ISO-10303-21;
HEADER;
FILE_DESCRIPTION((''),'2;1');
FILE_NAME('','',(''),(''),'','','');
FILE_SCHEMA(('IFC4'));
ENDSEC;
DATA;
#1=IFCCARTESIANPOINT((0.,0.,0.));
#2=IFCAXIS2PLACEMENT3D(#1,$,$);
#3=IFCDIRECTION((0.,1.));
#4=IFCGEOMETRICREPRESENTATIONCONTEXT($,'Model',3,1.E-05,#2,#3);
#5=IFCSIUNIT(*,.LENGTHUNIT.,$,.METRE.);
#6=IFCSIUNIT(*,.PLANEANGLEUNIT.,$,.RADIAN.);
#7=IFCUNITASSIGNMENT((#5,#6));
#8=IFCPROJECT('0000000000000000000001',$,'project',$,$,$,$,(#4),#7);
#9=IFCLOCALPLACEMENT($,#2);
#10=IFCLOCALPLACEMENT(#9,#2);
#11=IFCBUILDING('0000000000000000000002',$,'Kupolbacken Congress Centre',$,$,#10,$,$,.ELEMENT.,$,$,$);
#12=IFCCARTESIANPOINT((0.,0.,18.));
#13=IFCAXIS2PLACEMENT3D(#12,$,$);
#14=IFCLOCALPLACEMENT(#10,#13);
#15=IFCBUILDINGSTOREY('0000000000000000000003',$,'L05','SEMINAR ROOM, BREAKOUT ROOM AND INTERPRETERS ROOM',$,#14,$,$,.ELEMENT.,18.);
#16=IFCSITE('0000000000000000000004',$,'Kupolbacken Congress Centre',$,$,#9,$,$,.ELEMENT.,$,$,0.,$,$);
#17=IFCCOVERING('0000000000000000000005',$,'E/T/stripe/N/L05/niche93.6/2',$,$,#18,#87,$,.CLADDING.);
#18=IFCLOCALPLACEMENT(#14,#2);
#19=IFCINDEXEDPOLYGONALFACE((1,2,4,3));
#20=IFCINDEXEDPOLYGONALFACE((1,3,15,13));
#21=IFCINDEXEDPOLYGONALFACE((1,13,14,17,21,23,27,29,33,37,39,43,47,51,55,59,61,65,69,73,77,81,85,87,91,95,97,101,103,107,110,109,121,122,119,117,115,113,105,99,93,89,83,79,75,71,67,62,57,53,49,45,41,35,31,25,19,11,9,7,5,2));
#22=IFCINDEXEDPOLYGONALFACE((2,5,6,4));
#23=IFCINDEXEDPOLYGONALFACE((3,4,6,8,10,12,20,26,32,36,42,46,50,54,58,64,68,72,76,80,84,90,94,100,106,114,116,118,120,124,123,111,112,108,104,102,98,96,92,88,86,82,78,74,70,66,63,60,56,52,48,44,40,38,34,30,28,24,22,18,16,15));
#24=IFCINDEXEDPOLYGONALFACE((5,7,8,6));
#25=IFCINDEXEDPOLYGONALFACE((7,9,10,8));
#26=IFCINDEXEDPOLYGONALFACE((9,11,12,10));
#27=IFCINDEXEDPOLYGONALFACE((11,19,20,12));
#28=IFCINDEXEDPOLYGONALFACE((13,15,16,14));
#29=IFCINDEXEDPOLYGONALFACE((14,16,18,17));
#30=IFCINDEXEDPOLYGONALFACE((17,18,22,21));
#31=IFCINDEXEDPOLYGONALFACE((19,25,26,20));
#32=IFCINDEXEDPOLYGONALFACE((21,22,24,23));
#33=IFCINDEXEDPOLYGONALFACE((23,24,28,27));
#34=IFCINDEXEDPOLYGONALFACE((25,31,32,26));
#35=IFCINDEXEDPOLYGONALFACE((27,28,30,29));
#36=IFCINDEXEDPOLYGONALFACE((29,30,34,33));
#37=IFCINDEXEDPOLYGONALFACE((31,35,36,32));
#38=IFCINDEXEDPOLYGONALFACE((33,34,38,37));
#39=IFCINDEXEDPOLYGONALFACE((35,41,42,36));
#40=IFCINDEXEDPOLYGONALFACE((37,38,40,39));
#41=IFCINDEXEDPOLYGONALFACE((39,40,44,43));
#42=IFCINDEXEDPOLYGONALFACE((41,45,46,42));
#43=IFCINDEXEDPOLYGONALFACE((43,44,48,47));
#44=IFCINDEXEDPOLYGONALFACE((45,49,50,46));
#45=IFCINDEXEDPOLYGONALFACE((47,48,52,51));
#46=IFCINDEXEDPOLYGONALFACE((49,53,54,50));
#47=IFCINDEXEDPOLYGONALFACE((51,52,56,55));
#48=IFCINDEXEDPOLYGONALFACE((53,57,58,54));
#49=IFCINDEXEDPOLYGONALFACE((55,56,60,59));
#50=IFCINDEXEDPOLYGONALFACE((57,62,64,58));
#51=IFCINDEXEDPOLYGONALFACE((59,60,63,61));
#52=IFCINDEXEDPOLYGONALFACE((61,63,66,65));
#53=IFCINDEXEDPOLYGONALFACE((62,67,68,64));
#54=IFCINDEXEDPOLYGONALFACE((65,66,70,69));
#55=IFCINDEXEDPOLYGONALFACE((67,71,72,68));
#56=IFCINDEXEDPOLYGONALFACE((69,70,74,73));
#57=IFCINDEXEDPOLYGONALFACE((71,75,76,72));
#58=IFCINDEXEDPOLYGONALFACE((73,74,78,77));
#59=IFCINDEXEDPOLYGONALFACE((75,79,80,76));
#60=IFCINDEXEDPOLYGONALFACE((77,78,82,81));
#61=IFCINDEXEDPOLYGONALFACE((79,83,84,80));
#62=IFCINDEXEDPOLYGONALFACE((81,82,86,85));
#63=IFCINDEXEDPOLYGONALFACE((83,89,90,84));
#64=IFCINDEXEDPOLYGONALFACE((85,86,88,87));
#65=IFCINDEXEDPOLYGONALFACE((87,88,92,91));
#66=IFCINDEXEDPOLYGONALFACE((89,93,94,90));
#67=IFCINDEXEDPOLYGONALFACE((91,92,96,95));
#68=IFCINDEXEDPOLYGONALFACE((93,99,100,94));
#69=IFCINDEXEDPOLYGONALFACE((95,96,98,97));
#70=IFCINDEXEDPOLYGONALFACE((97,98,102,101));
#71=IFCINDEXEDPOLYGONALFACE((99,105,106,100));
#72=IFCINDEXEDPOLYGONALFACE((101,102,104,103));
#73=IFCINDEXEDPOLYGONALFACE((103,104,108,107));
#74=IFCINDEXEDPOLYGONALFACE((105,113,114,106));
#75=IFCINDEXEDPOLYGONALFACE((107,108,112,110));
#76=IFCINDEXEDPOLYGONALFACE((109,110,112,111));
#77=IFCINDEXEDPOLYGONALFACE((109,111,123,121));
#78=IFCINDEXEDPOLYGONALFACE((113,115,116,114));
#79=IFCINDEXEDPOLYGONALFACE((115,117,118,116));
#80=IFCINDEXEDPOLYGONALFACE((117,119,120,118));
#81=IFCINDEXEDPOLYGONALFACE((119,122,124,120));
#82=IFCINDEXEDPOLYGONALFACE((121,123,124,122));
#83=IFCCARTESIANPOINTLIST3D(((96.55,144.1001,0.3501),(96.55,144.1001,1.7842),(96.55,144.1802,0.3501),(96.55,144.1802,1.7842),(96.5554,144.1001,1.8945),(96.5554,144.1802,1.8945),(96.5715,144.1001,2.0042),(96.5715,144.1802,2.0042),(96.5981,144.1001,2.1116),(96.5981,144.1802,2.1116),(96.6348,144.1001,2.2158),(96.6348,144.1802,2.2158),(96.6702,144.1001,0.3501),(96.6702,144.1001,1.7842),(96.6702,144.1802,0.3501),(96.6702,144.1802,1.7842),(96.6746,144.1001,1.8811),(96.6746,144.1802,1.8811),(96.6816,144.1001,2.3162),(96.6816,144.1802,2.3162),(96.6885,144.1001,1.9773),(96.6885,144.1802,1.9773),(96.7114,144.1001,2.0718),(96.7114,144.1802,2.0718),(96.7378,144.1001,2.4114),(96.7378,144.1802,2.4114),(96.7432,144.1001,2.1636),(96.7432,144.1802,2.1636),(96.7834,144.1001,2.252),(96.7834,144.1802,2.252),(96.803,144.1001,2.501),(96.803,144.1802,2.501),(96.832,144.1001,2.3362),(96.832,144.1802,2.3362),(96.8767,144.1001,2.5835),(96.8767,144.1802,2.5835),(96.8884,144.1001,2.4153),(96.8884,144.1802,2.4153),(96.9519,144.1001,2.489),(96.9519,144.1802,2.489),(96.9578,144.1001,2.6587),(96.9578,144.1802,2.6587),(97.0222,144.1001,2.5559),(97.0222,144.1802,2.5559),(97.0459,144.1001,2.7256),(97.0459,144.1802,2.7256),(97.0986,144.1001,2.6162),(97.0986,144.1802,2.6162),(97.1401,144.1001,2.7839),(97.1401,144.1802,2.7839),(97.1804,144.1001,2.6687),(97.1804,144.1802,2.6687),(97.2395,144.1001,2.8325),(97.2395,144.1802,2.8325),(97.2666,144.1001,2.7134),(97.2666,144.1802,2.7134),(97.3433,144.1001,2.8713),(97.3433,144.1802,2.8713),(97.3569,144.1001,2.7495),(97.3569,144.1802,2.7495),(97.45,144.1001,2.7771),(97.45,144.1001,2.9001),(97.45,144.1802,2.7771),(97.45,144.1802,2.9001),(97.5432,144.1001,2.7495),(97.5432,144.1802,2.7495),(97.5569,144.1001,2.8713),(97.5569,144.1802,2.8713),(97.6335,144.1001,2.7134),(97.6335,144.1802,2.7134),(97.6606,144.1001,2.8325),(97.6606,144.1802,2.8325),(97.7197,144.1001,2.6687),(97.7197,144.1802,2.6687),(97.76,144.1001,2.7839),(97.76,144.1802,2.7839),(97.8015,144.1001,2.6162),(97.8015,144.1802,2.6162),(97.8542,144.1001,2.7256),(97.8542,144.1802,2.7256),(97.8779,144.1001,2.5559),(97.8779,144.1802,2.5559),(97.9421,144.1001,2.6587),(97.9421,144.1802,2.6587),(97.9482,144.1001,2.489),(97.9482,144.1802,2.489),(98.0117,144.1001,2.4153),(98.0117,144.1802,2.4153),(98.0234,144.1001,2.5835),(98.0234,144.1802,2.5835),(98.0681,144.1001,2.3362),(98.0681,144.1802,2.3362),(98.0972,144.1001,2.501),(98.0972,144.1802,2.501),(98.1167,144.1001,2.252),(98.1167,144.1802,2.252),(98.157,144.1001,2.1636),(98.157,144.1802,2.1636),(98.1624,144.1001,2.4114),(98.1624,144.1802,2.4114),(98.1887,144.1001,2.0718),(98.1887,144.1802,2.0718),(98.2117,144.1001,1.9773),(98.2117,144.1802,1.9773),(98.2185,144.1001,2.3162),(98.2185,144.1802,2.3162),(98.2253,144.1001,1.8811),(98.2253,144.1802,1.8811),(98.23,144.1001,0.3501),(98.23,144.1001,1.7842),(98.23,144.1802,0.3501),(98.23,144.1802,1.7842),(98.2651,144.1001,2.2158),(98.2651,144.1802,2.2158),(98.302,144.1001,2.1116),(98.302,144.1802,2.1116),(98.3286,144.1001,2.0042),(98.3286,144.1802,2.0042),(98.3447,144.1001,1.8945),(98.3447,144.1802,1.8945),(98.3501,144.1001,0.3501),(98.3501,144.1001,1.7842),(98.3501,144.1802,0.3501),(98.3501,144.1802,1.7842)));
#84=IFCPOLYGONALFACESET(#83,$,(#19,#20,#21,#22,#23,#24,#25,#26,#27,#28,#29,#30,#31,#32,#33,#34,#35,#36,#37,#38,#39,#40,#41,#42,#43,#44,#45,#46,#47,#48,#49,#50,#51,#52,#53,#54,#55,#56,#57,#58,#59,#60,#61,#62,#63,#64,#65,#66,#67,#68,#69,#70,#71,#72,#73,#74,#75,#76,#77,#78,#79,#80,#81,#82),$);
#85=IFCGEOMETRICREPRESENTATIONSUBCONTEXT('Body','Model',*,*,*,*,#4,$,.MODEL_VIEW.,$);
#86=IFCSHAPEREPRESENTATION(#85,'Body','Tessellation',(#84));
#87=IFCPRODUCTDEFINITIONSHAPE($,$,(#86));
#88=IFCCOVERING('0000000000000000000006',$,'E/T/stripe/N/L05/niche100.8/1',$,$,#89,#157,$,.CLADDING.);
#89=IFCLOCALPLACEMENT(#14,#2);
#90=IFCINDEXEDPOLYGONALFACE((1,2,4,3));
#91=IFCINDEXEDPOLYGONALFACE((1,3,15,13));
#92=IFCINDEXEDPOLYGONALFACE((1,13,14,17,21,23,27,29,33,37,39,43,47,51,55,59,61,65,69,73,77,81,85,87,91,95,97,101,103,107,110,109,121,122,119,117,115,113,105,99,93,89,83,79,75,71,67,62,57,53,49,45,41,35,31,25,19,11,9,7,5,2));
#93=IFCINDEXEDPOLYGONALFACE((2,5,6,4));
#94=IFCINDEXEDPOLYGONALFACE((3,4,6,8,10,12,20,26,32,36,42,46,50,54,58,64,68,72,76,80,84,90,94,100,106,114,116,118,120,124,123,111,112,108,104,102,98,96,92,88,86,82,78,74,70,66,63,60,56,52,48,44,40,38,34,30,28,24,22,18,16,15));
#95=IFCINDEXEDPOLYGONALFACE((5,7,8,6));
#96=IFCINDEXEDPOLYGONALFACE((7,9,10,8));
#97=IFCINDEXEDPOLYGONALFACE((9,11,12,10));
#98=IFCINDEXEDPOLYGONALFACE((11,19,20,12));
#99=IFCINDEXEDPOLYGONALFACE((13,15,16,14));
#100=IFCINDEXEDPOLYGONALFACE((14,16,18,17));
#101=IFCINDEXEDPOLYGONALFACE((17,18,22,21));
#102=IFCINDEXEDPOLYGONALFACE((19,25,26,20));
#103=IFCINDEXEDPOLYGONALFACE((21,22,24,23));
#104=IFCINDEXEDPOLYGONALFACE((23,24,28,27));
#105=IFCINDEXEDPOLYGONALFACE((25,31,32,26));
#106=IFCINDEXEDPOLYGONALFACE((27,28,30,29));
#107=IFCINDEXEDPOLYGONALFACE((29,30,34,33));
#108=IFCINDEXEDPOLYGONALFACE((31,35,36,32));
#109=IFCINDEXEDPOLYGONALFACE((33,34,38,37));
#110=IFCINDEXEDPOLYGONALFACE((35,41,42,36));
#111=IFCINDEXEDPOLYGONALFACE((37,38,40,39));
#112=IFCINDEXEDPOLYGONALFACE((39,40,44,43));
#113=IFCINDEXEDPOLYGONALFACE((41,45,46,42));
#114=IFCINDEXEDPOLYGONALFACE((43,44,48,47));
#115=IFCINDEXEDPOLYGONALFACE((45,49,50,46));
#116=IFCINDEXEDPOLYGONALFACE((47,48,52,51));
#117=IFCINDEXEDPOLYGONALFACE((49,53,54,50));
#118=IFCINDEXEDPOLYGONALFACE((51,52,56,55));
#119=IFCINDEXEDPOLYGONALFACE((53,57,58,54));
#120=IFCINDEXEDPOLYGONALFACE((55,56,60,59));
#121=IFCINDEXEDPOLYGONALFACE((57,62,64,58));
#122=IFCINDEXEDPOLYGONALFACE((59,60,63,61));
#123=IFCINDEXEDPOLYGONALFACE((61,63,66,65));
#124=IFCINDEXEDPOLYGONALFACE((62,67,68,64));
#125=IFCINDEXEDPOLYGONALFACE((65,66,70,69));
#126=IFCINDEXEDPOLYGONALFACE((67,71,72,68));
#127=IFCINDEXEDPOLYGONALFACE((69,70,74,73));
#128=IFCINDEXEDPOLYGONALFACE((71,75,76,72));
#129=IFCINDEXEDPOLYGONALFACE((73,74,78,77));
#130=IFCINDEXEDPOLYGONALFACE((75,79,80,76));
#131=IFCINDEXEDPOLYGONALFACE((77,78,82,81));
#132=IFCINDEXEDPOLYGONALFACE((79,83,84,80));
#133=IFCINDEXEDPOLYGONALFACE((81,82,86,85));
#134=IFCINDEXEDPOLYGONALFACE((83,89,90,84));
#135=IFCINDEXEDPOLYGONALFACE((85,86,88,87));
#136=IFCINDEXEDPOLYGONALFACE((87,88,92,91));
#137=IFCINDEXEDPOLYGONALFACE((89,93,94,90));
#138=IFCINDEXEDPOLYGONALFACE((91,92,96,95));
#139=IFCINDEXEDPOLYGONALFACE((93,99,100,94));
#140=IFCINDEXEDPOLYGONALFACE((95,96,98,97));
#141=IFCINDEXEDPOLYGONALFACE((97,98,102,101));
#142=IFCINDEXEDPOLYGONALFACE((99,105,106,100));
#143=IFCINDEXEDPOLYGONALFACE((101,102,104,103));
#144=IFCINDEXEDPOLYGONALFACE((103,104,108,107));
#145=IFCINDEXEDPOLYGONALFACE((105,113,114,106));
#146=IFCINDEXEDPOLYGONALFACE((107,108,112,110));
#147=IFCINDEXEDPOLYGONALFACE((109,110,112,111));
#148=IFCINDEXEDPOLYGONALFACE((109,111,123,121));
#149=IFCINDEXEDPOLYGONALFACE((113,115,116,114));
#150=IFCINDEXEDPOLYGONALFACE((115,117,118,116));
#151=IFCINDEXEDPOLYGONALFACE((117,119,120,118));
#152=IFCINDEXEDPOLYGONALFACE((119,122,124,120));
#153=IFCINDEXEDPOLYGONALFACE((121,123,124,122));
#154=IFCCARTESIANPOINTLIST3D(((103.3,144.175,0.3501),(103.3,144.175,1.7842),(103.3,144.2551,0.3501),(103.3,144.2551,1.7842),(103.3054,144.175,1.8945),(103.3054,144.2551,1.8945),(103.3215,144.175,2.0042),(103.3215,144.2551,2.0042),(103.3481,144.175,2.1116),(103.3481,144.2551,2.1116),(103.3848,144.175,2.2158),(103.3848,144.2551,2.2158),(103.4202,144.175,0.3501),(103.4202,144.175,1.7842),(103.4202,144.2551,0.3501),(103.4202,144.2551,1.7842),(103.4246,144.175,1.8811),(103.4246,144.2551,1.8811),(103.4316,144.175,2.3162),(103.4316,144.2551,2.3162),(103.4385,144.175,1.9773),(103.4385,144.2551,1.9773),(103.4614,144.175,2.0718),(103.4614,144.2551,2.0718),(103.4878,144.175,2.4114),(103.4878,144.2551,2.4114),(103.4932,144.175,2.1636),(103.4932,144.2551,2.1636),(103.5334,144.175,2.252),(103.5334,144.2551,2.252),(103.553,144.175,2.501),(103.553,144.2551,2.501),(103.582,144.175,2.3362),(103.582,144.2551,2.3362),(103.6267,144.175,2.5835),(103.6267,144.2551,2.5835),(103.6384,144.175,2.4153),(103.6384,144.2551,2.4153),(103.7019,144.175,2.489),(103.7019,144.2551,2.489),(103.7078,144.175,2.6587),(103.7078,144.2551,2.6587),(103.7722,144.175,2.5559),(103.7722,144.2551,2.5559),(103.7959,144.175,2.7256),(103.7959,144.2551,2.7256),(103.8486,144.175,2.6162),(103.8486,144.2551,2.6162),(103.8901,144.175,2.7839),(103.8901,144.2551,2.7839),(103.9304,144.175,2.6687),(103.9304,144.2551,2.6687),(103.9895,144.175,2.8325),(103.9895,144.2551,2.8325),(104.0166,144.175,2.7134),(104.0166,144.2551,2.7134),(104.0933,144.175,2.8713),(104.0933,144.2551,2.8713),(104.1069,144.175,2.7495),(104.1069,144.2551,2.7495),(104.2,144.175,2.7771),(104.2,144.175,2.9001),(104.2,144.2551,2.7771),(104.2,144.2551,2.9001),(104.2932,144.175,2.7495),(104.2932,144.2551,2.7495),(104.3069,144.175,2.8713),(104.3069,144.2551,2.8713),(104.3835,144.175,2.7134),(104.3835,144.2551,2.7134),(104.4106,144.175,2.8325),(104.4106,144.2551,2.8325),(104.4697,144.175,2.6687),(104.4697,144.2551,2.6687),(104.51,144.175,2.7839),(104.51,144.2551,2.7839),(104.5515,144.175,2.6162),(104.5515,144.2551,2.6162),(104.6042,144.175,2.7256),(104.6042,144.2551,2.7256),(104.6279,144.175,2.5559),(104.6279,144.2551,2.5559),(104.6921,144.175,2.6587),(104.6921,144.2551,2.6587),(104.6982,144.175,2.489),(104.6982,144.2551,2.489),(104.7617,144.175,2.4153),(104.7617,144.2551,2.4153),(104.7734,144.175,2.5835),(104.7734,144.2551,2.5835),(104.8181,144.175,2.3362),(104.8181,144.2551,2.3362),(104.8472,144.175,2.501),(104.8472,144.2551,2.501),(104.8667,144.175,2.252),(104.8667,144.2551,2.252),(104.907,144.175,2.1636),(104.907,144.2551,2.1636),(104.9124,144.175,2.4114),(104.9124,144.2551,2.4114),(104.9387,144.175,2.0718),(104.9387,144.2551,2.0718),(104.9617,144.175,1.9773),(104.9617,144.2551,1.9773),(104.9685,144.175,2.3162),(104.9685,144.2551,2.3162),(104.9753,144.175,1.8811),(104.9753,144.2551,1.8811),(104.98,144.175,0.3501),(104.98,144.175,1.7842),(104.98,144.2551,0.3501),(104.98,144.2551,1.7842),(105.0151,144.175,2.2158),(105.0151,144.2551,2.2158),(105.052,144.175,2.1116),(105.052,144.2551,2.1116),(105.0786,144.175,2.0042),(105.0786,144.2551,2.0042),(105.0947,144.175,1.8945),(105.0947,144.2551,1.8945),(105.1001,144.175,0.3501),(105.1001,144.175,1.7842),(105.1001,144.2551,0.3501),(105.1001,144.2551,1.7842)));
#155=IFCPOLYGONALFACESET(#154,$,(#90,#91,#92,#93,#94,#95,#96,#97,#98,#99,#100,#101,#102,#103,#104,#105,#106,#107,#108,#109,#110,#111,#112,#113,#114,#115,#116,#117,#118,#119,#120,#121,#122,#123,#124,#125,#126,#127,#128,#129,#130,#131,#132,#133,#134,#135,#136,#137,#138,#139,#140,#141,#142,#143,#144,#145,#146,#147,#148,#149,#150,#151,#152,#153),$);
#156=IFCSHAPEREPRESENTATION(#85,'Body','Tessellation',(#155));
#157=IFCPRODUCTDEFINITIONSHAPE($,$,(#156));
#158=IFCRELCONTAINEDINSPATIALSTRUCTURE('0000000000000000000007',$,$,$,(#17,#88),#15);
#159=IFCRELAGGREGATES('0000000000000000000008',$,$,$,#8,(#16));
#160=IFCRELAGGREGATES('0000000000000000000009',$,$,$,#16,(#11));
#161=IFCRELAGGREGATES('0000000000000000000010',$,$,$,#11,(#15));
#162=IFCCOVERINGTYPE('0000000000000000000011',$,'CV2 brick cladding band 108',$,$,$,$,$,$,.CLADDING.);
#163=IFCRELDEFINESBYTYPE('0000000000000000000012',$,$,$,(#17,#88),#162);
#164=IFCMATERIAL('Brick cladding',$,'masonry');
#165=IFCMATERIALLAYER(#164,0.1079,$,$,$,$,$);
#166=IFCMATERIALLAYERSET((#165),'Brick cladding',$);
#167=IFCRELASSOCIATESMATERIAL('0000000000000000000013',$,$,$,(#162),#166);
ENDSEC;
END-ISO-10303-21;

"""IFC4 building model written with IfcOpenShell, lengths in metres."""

from ifc_helpers import new_model, si_unit, direction, frame, origin, place, context, subcontext, project, spatial, polyline, outline, extrude, material, layer, layer_set, type_object, element, save


model = new_model("IFC4")

# Units and contexts
model_context = context("Model", 3, precision=1e-05, world=origin(), true_north=direction((0.0, 1.0)))
body_context = subcontext(model_context, "Body", "Model", "MODEL_VIEW")
ifc_project = project(units=[si_unit("LENGTHUNIT", "METRE"), si_unit("PLANEANGLEUNIT", "RADIAN")], contexts=[model_context])

# Site, building, storey
site_placement = place(None, origin())
site = spatial("IfcSite", under=ifc_project, at=site_placement, Name="Kupolbacken Congress Centre", CompositionType="ELEMENT", RefElevation=0.0)
building_placement = place(site_placement, origin())
building = spatial("IfcBuilding", under=site, at=building_placement, Name="Kupolbacken Congress Centre", CompositionType="ELEMENT")
storey_placement = place(building_placement, frame((0.0, 0.0, 18.0)))
storey = spatial("IfcBuildingStorey", under=building, at=storey_placement, Name="L05", Description="SEMINAR ROOM, BREAKOUT ROOM AND INTERPRETERS ROOM", CompositionType="ELEMENT", Elevation=18.0)

# Coverings
ifc_material_1 = material(Name="Brick cladding", Category="masonry")
ifc_layer_1 = layer(ifc_material_1, 0.1079)
ifc_layer_set_1 = layer_set([ifc_layer_1], Name="Brick cladding")
covering_type = type_object("IfcCoveringType", Name="CV2 brick cladding band 108", PredefinedType="CLADDING", material=ifc_layer_set_1)
covering_1_placement = place(storey_placement, frame((96.55, 144.1001, 0.3501), z_axis=(0.0, 1.0, 0.0), x_axis=(-1.0, 0.0, 0.0)))
element("IfcCovering", 1, at=covering_1_placement, inside=storey, type_object=covering_type, Name="E/T/stripe/N/L05/niche93.6/2", PredefinedType="CLADDING", context=body_context, shape_type="SweptSolid", body=[
    extrude(outline(polyline([(0.0, 0.0), (0.0, 1.4341), (-0.0054, 1.5444), (-0.0215, 1.6541), (-0.0481, 1.7615), (-0.0847, 1.8657), (-0.1316, 1.9661), (-0.1877, 2.0613), (-0.2529, 2.1509), (-0.3267, 2.2334), (-0.4077, 2.3086), (-0.4958, 2.3755), (-0.5901, 2.4338), (-0.6895, 2.4824), (-0.7932, 2.5212), (-0.8999, 2.55), (-1.0068, 2.5212), (-1.1106, 2.4824), (-1.21, 2.4338), (-1.3042, 2.3755), (-1.3921, 2.3086), (-1.4734, 2.2334), (-1.5471, 2.1509), (-1.6123, 2.0613), (-1.6685, 1.9661), (-1.7151, 1.8657), (-1.752, 1.7615), (-1.7786, 1.6541), (-1.7947, 1.5444), (-1.8, 1.4341), (-1.8, 0.0), (-1.6799, 0.0), (-1.6799, 1.4341), (-1.6753, 1.531), (-1.6616, 1.6272), (-1.6387, 1.7217), (-1.6069, 1.8135), (-1.5667, 1.9019), (-1.5181, 1.9861), (-1.4617, 2.0652), (-1.3982, 2.1389), (-1.3279, 2.2058), (-1.2515, 2.2661), (-1.1697, 2.3186), (-1.0835, 2.3633), (-0.9932, 2.3994), (-0.8999, 2.427), (-0.8069, 2.3994), (-0.7166, 2.3633), (-0.6304, 2.3186), (-0.5486, 2.2661), (-0.4722, 2.2058), (-0.4019, 2.1389), (-0.3384, 2.0652), (-0.282, 1.9861), (-0.2334, 1.9019), (-0.1931, 1.8135), (-0.1614, 1.7217), (-0.1384, 1.6272), (-0.1245, 1.531), (-0.1201, 1.4341), (-0.1201, 0.0), (0.0, 0.0)])), origin(), (0.0, 0.0, 1.0), 0.0801),
])
covering_2_placement = place(storey_placement, frame((103.3, 144.175, 0.3501), z_axis=(0.0, 1.0, 0.0), x_axis=(-1.0, 0.0, 0.0)))
element("IfcCovering", 2, at=covering_2_placement, inside=storey, type_object=covering_type, Name="E/T/stripe/N/L05/niche100.8/1", PredefinedType="CLADDING", context=body_context, shape_type="SweptSolid", body=[
    extrude(outline(polyline([(0.0, 0.0), (0.0, 1.4341), (-0.0054, 1.5444), (-0.0215, 1.6541), (-0.0481, 1.7615), (-0.0847, 1.8657), (-0.1316, 1.9661), (-0.1877, 2.0613), (-0.2529, 2.1509), (-0.3267, 2.2334), (-0.4077, 2.3086), (-0.4958, 2.3755), (-0.5901, 2.4338), (-0.6895, 2.4824), (-0.7932, 2.5212), (-0.8999, 2.55), (-1.0068, 2.5212), (-1.1106, 2.4824), (-1.21, 2.4338), (-1.3042, 2.3755), (-1.3921, 2.3086), (-1.4734, 2.2334), (-1.5471, 2.1509), (-1.6123, 2.0613), (-1.6685, 1.9661), (-1.7151, 1.8657), (-1.752, 1.7615), (-1.7786, 1.6541), (-1.7947, 1.5444), (-1.8, 1.4341), (-1.8, 0.0), (-1.6799, 0.0), (-1.6799, 1.4341), (-1.6753, 1.531), (-1.6616, 1.6272), (-1.6387, 1.7217), (-1.6069, 1.8135), (-1.5667, 1.9019), (-1.5181, 1.9861), (-1.4617, 2.0652), (-1.3982, 2.1389), (-1.3279, 2.2058), (-1.2515, 2.2661), (-1.1697, 2.3186), (-1.0835, 2.3633), (-0.9932, 2.3994), (-0.8999, 2.427), (-0.8069, 2.3994), (-0.7166, 2.3633), (-0.6304, 2.3186), (-0.5486, 2.2661), (-0.4722, 2.2058), (-0.4019, 2.1389), (-0.3384, 2.0652), (-0.282, 1.9861), (-0.2334, 1.9019), (-0.1931, 1.8135), (-0.1614, 1.7217), (-0.1384, 1.6272), (-0.1245, 1.531), (-0.1201, 1.4341), (-0.1201, 0.0), (0.0, 0.0)])), origin(), (0.0, 0.0, 1.0), 0.0801),
])

save(model, "model.ifc")
